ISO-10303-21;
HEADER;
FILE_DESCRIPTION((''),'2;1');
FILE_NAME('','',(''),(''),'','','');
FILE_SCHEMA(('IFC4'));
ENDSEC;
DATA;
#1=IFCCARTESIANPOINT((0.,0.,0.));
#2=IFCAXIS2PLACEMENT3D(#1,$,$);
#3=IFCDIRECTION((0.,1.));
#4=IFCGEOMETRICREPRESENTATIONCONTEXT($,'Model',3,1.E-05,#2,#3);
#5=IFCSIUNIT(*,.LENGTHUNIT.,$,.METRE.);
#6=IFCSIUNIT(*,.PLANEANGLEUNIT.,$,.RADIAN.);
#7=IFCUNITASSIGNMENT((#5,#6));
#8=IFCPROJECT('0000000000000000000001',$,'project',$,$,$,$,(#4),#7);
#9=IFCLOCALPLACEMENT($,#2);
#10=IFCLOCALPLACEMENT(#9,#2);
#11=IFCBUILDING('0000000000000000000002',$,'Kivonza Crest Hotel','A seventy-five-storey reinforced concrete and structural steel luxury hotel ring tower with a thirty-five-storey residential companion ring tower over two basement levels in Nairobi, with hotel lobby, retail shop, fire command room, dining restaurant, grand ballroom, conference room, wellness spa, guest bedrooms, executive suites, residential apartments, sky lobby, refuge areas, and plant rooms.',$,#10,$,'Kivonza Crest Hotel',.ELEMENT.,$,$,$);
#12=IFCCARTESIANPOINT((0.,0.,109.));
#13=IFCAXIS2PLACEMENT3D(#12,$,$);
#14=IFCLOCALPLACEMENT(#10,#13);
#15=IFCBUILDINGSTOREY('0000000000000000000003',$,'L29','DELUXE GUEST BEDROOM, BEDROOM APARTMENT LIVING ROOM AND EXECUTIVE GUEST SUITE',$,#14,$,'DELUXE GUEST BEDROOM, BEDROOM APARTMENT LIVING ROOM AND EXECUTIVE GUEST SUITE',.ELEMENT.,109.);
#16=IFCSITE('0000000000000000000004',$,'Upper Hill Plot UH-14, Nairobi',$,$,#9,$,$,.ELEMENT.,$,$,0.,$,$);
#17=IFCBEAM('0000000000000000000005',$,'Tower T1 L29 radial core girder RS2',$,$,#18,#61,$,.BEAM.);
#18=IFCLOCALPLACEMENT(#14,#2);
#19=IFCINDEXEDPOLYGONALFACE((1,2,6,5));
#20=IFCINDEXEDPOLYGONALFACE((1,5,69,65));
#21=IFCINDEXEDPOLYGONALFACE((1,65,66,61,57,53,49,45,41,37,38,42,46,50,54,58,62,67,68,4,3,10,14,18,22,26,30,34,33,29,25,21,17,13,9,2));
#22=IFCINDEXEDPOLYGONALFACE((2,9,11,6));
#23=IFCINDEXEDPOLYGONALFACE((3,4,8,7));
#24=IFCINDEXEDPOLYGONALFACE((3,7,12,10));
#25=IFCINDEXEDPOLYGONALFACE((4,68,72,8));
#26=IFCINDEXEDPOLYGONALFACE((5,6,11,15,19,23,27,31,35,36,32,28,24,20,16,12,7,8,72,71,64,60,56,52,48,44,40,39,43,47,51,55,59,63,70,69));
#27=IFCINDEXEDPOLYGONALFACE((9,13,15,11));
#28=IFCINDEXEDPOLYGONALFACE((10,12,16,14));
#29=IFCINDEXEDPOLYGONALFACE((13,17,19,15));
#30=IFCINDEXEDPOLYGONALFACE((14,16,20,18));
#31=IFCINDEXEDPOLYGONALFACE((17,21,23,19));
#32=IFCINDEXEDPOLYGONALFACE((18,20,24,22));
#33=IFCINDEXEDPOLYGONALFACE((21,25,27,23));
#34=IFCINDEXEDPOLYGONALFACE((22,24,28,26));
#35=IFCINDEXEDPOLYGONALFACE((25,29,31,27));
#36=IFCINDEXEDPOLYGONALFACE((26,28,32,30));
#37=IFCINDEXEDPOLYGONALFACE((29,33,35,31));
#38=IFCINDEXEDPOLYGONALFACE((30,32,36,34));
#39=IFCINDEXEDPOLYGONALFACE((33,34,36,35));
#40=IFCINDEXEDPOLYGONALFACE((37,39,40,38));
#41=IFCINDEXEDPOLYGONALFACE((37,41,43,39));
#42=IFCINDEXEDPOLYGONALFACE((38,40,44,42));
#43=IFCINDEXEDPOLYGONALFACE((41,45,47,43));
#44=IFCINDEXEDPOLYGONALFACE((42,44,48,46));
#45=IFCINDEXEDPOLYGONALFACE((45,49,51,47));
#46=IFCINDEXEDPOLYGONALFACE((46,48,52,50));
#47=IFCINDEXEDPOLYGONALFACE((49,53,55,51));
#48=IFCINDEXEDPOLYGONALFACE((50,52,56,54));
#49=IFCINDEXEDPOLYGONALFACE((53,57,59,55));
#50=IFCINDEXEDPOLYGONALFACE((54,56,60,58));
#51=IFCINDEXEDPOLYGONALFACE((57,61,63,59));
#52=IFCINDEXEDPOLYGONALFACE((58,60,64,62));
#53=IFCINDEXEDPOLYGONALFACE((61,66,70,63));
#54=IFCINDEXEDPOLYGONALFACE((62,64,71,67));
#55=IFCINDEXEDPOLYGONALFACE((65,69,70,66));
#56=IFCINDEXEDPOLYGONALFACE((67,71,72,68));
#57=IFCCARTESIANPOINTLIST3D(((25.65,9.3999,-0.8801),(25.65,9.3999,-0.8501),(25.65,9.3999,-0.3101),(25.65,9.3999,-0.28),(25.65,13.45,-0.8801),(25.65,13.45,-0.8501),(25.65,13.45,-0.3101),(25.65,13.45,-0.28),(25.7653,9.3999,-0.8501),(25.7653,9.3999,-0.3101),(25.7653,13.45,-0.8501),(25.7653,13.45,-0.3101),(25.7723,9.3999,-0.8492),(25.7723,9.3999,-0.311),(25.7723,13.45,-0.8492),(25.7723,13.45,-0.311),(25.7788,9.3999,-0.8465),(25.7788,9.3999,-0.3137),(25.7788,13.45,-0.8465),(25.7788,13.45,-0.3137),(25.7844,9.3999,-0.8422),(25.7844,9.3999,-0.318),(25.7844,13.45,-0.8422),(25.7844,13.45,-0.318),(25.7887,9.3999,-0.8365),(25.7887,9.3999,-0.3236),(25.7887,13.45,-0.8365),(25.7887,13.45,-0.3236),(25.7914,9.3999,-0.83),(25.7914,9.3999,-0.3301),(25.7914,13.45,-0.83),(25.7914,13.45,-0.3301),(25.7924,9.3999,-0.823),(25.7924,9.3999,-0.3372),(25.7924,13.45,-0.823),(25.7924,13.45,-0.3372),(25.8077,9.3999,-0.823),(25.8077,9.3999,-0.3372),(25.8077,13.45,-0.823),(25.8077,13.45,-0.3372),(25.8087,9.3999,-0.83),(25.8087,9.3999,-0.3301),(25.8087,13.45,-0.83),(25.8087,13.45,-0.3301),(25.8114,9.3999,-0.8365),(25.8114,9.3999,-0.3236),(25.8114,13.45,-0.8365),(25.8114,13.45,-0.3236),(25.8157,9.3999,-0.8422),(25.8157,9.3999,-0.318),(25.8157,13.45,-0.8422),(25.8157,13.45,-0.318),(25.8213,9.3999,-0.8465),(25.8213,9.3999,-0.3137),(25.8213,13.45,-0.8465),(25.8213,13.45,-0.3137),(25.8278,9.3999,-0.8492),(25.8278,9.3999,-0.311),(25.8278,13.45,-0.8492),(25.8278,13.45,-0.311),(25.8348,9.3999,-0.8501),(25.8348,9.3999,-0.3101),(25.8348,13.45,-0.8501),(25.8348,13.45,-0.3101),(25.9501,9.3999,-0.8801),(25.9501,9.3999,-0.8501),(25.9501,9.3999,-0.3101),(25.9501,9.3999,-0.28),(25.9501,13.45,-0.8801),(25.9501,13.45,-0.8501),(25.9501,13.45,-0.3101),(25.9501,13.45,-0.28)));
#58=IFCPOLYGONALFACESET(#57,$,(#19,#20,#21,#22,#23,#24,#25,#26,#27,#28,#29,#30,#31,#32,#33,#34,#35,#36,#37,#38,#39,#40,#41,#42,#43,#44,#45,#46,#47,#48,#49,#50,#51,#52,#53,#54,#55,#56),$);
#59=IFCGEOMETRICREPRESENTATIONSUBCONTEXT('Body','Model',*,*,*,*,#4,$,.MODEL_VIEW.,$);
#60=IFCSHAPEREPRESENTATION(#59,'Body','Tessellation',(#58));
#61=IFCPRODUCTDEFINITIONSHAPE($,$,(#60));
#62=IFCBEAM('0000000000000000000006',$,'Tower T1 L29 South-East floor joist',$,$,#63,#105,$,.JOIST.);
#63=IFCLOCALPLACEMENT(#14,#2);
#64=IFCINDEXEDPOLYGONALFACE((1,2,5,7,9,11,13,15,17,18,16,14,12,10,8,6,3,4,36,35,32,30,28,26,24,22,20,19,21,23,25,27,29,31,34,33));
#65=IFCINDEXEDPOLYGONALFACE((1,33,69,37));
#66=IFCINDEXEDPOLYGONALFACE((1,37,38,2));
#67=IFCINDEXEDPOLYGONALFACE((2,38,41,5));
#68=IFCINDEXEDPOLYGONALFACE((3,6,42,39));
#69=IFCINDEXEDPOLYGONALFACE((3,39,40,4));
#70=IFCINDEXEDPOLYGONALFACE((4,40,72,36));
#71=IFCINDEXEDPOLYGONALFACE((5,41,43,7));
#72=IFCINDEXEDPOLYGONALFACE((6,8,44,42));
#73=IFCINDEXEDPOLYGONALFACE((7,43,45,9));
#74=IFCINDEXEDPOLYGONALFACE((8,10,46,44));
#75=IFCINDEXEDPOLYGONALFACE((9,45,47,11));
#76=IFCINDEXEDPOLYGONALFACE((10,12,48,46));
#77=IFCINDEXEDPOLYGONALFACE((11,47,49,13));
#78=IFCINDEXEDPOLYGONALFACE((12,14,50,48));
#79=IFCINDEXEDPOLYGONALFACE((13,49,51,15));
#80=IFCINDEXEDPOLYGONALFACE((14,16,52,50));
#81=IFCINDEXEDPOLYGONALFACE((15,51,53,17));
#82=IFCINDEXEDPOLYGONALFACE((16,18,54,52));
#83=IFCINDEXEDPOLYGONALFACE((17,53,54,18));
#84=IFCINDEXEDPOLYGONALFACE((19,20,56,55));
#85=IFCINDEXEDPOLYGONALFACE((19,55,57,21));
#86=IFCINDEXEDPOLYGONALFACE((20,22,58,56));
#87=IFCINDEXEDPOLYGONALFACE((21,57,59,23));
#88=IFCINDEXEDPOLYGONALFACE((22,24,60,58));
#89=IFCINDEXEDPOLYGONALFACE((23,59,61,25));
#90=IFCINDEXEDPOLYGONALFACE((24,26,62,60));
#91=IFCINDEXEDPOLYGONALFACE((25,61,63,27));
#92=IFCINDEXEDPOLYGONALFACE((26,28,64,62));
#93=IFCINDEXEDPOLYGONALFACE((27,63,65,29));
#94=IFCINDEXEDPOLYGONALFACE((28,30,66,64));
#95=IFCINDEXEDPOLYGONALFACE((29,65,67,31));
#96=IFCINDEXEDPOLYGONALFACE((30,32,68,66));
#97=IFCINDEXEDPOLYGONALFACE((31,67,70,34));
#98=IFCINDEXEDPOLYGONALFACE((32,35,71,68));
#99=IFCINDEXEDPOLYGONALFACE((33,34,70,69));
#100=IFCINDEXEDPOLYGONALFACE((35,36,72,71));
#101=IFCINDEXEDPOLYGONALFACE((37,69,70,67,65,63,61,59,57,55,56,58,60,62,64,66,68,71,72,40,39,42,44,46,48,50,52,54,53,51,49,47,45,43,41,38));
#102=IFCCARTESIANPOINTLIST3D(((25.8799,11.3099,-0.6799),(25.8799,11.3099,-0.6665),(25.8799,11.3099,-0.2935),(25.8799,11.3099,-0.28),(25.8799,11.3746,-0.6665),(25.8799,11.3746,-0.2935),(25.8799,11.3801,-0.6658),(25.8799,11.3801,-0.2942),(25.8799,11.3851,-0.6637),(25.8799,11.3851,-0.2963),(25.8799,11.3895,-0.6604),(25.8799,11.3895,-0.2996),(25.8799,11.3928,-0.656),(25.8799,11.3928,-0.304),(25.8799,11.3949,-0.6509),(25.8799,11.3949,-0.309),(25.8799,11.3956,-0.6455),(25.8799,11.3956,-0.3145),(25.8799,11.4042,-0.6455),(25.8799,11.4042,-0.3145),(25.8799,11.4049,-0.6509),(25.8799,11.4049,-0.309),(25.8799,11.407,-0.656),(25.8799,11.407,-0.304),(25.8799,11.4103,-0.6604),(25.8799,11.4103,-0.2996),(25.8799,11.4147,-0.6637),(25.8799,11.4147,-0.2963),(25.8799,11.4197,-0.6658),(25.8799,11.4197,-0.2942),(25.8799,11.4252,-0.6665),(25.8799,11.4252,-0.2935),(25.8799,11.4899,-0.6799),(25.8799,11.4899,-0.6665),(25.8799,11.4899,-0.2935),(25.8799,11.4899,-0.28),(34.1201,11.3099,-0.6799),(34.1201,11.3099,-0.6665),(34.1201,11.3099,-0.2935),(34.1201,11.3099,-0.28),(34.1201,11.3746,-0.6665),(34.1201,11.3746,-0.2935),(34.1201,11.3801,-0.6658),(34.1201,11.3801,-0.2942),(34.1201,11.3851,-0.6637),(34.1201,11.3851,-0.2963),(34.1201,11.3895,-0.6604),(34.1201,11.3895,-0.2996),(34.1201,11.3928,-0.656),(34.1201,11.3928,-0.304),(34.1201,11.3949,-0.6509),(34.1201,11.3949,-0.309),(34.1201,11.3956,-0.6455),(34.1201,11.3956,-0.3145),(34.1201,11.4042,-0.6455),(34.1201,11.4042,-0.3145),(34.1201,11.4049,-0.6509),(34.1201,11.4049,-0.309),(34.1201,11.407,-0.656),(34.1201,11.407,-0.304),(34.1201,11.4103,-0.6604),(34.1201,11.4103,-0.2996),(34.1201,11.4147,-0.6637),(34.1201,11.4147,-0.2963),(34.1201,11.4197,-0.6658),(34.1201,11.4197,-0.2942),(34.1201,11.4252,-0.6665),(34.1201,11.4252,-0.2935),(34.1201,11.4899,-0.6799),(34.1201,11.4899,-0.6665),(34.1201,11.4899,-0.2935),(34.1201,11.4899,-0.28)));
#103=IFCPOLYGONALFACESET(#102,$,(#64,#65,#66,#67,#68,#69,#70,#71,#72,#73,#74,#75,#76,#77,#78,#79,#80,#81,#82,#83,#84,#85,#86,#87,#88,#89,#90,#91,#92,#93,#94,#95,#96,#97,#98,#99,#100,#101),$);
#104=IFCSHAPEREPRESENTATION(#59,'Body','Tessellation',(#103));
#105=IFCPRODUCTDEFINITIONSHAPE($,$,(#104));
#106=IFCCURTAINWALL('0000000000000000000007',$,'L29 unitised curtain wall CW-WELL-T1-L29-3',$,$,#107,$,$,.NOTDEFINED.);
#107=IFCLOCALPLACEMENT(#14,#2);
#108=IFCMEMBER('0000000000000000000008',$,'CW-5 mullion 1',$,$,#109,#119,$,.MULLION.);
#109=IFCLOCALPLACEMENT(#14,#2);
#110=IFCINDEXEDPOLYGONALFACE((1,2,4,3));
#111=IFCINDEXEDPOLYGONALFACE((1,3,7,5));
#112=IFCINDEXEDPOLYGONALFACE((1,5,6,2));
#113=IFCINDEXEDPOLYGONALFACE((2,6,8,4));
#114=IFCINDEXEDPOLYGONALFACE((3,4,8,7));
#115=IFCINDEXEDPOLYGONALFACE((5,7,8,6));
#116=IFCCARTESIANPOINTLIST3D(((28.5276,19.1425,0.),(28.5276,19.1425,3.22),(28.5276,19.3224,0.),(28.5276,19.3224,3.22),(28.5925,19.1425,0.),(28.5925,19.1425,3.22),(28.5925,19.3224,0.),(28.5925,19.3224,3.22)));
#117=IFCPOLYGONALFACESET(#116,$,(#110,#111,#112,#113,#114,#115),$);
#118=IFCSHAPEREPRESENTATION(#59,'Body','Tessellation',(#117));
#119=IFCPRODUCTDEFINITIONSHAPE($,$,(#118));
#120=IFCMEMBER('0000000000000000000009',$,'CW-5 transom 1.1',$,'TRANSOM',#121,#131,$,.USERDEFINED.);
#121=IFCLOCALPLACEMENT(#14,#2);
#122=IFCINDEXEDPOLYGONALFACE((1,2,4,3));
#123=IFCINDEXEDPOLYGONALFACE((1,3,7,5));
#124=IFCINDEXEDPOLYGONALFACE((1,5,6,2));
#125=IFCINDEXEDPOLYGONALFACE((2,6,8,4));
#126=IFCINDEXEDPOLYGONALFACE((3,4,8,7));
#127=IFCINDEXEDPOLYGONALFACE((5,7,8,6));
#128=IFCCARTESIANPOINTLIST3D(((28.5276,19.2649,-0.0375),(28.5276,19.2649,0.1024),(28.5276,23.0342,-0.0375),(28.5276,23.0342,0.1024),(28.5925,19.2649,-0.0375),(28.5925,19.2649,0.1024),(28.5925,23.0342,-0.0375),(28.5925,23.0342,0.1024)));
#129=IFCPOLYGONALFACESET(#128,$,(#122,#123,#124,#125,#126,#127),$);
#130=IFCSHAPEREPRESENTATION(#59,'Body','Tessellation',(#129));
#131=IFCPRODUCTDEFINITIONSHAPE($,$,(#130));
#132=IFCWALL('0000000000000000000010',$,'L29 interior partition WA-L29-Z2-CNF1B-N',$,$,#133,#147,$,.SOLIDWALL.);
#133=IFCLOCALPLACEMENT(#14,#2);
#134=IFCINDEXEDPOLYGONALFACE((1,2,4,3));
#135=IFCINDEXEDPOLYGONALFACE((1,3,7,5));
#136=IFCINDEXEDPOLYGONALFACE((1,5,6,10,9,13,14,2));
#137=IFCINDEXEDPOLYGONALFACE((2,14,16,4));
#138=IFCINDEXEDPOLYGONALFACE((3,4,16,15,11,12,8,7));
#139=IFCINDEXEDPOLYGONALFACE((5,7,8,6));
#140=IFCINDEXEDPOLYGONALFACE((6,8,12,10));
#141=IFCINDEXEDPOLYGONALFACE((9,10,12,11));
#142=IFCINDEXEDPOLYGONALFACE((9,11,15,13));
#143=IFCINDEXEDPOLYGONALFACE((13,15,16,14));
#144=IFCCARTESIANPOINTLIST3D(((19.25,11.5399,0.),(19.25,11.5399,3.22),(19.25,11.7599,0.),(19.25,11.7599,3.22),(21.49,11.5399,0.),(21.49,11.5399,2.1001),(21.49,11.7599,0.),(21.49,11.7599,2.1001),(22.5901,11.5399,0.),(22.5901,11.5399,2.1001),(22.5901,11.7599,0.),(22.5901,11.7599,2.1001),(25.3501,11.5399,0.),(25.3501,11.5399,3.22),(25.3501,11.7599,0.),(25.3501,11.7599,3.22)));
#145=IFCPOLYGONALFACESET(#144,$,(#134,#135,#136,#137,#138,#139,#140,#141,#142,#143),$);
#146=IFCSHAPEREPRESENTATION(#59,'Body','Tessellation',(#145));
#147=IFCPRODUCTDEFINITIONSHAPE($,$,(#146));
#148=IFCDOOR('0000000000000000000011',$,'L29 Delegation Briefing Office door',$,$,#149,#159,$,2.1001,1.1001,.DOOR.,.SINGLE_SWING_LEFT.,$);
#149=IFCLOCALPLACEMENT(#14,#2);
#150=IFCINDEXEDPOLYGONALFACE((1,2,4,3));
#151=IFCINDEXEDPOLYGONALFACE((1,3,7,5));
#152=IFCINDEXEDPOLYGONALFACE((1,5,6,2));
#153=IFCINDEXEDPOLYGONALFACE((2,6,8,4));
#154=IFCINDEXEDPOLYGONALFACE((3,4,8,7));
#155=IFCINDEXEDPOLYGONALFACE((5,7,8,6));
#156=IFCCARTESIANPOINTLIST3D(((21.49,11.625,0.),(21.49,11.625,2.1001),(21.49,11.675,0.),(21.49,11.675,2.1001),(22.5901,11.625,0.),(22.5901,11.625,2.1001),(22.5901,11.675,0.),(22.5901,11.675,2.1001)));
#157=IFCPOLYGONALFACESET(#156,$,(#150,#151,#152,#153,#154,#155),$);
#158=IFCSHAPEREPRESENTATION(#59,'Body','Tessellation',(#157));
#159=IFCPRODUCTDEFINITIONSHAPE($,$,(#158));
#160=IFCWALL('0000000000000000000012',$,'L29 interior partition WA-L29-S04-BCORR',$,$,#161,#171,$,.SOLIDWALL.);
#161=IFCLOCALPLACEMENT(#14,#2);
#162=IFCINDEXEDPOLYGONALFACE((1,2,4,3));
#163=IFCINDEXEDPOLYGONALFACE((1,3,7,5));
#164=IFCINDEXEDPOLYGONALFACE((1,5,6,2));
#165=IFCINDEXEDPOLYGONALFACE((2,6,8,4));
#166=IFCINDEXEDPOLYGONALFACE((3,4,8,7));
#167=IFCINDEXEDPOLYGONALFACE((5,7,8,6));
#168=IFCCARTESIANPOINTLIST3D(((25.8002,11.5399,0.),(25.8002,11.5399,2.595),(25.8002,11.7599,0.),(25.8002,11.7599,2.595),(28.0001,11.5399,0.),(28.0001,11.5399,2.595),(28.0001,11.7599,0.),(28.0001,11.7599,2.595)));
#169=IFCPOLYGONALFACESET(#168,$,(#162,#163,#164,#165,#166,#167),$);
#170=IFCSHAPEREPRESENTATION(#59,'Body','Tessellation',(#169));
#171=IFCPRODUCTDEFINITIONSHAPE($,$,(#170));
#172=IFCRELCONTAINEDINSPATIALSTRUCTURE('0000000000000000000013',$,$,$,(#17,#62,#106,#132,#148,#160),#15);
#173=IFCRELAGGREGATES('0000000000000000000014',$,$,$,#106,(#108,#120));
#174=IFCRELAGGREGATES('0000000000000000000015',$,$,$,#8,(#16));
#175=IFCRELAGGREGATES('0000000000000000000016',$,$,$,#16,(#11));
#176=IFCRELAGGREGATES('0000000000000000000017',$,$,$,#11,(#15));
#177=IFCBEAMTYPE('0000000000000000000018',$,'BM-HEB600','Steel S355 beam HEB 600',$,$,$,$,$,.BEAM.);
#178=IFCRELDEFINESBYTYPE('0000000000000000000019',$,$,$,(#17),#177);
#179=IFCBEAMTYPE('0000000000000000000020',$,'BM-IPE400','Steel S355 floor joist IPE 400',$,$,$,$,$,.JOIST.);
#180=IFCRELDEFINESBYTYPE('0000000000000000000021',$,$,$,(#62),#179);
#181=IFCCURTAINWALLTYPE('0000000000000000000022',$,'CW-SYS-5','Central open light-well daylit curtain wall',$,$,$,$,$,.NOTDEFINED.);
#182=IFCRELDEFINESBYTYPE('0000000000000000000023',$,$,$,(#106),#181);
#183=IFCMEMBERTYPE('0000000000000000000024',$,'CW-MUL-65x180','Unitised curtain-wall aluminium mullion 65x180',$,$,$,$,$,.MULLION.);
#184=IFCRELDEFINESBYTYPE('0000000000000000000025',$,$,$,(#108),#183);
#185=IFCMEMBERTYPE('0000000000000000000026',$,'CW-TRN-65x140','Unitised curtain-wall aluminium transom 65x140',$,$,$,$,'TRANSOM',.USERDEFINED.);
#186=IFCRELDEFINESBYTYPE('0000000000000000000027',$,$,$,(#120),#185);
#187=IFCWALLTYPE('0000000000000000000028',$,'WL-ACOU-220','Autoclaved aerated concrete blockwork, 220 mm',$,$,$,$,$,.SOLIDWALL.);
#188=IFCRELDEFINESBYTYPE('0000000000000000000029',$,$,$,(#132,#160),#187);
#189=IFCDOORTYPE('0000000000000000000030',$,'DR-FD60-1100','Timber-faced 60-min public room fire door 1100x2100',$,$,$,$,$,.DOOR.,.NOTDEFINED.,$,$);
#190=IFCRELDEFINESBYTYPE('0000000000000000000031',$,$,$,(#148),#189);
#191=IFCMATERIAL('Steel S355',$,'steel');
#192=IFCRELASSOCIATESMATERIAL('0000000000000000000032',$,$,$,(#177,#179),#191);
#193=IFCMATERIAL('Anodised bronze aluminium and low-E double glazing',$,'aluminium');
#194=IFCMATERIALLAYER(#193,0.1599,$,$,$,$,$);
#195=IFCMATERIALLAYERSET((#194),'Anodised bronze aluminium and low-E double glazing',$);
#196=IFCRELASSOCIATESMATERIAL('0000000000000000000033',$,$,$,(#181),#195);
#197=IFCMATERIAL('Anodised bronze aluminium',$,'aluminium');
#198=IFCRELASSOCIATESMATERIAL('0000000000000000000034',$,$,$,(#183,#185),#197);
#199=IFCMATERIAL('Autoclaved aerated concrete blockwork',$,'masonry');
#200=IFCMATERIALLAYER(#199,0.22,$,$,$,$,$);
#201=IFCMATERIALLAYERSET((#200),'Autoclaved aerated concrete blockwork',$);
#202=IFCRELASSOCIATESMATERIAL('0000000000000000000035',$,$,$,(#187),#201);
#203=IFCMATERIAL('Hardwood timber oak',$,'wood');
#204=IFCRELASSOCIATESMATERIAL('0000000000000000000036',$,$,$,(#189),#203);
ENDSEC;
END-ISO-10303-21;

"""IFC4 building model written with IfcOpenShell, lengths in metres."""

from ifc_helpers import new_model, si_unit, direction, frame, frame_2d, origin, origin_2d, place, context, subcontext, project, spatial, rectangle, i_section, extrude, material, layer, layer_set, material_profile, profile_set, type_object, element, fill, aggregate, save


model = new_model("IFC4")

# Units and contexts
model_context = context("Model", 3, precision=1e-05, world=origin(), true_north=direction((0.0, 1.0)))
body_context = subcontext(model_context, "Body", "Model", "MODEL_VIEW")
ifc_project = project(units=[si_unit("LENGTHUNIT", "METRE"), si_unit("PLANEANGLEUNIT", "RADIAN")], contexts=[model_context])

# Site, building, storey
site_placement = place(None, origin())
site = spatial("IfcSite", under=ifc_project, at=site_placement, Name="Upper Hill Plot UH-14, Nairobi", CompositionType="ELEMENT", RefElevation=0.0)
building_placement = place(site_placement, origin())
building = spatial("IfcBuilding", under=site, at=building_placement, Name="Kivonza Crest Hotel", Description="A seventy-five-storey reinforced concrete and structural steel luxury hotel ring tower with a thirty-five-storey residential companion ring tower over two basement levels in Nairobi, with hotel lobby, retail shop, fire command room, dining restaurant, grand ballroom, conference room, wellness spa, guest bedrooms, executive suites, residential apartments, sky lobby, refuge areas, and plant rooms.", LongName="Kivonza Crest Hotel", CompositionType="ELEMENT")
storey_placement = place(building_placement, frame((0.0, 0.0, 109.0)))
storey = spatial("IfcBuildingStorey", under=building, at=storey_placement, Name="L29", Description="DELUXE GUEST BEDROOM, BEDROOM APARTMENT LIVING ROOM AND EXECUTIVE GUEST SUITE", LongName="DELUXE GUEST BEDROOM, BEDROOM APARTMENT LIVING ROOM AND EXECUTIVE GUEST SUITE", CompositionType="ELEMENT", Elevation=109.0)

# Beams
ifc_material_1 = material(Name="Steel S355", Category="steel")
ifc_material_profile_1 = material_profile(ifc_material_1, i_section(OverallWidth=0.3, OverallDepth=0.6001, WebThickness=0.0154, FlangeThickness=0.03, FilletRadius=0.0271, at=origin_2d()), Name="HEB 600")
ifc_profile_set_1 = profile_set([ifc_material_profile_1], Name="Steel S355")
beam_type_1 = type_object("IfcBeamType", Name="BM-HEB600", Description="Steel S355 beam HEB 600", PredefinedType="BEAM", material=ifc_profile_set_1)
beam_1_placement = place(storey_placement, frame((25.8, 9.3999, -0.5801), z_axis=(0.0, 1.0, 0.0), x_axis=(-1.0, 0.0, 0.0)))
element("IfcBeam", 1, at=beam_1_placement, inside=storey, type_object=beam_type_1, Name="Tower T1 L29 radial core girder RS2", PredefinedType="BEAM", context=body_context, shape_type="SweptSolid", body=[
    extrude(i_section(OverallWidth=0.3, OverallDepth=0.6001, WebThickness=0.0154, FlangeThickness=0.03, FilletRadius=0.0271, at=origin_2d()), origin(), (0.0, 0.0, 1.0), 4.05),
])
ifc_material_profile_2 = material_profile(ifc_material_1, i_section(OverallWidth=0.1799, OverallDepth=0.3999, WebThickness=0.0085, FlangeThickness=0.0134, FilletRadius=0.021, at=origin_2d()), Name="IPE 400")
ifc_profile_set_2 = profile_set([ifc_material_profile_2], Name="Steel S355")
beam_type_2 = type_object("IfcBeamType", Name="BM-IPE400", Description="Steel S355 floor joist IPE 400", PredefinedType="JOIST", material=ifc_profile_set_2)
beam_2_placement = place(storey_placement, frame((25.8799, 11.3999, -0.48), z_axis=(1.0, 0.0, 0.0), x_axis=(0.0, 1.0, 0.0)))
element("IfcBeam", 2, at=beam_2_placement, inside=storey, type_object=beam_type_2, Name="Tower T1 L29 South-East floor joist", PredefinedType="JOIST", context=body_context, shape_type="SweptSolid", body=[
    extrude(i_section(OverallWidth=0.1799, OverallDepth=0.3999, WebThickness=0.0085, FlangeThickness=0.0134, FilletRadius=0.021, at=origin_2d()), origin(), (0.0, 0.0, 1.0), 8.2402),
])

# Curtain wall, members
ifc_material_2 = material(Name="Anodised bronze aluminium and low-E double glazing", Category="aluminium")
ifc_layer_1 = layer(ifc_material_2, 0.1599)
ifc_layer_set_1 = layer_set([ifc_layer_1], Name="Anodised bronze aluminium and low-E double glazing")
curtain_wall_type = type_object("IfcCurtainWallType", Name="CW-SYS-5", Description="Central open light-well daylit curtain wall", PredefinedType="NOTDEFINED", material=ifc_layer_set_1)
curtain_wall_placement = place(storey_placement, origin())
curtain_wall = element("IfcCurtainWall", 3, at=curtain_wall_placement, inside=storey, type_object=curtain_wall_type, Name="L29 unitised curtain wall CW-WELL-T1-L29-3", PredefinedType="NOTDEFINED")
ifc_material_3 = material(Name="Anodised bronze aluminium", Category="aluminium")
ifc_material_profile_3 = material_profile(ifc_material_3, rectangle(XDim=0.0649, YDim=0.1799, at=origin_2d()), Name="CW-M 65x180")
ifc_profile_set_3 = profile_set([ifc_material_profile_3], Name="Anodised bronze aluminium")
member_type_1 = type_object("IfcMemberType", Name="CW-MUL-65x180", Description="Unitised curtain-wall aluminium mullion 65x180", PredefinedType="MULLION", material=ifc_profile_set_3)
member_1_placement = place(storey_placement, frame((28.5601, 19.2324, 0.0), z_axis=(0.0, 0.0, 1.0), x_axis=(-1.0, 0.0, 0.0)))
member_1 = element("IfcMember", 4, at=member_1_placement, type_object=member_type_1, Name="CW-5 mullion 1", PredefinedType="MULLION", context=body_context, shape_type="SweptSolid", body=[
    extrude(rectangle(XDim=0.0649, YDim=0.1799, at=origin_2d()), origin(), (0.0, 0.0, 1.0), 3.22),
])
ifc_material_profile_4 = material_profile(ifc_material_3, rectangle(XDim=0.0649, YDim=0.1399, at=origin_2d()), Name="CW-T 65x140")
ifc_profile_set_4 = profile_set([ifc_material_profile_4], Name="Anodised bronze aluminium")
member_type_2 = type_object("IfcMemberType", Name="CW-TRN-65x140", Description="Unitised curtain-wall aluminium transom 65x140", ElementType="TRANSOM", PredefinedType="USERDEFINED", material=ifc_profile_set_4)
member_2_placement = place(storey_placement, frame((28.5601, 19.2649, 0.0325), z_axis=(0.0, 1.0, 0.0), x_axis=(-1.0, 0.0, 0.0)))
member_2 = element("IfcMember", 5, at=member_2_placement, type_object=member_type_2, Name="CW-5 transom 1.1", ObjectType="TRANSOM", PredefinedType="USERDEFINED", context=body_context, shape_type="SweptSolid", body=[
    extrude(rectangle(XDim=0.0649, YDim=0.1399, at=origin_2d()), origin(), (0.0, 0.0, 1.0), 3.7693),
])
aggregate(curtain_wall, [member_1, member_2])

# Wall, opening, door
ifc_material_4 = material(Name="Autoclaved aerated concrete blockwork", Category="masonry")
ifc_layer_2 = layer(ifc_material_4, 0.22)
ifc_layer_set_2 = layer_set([ifc_layer_2], Name="Autoclaved aerated concrete blockwork")
wall_type_1 = type_object("IfcWallType", Name="WL-ACOU-220", Description="Autoclaved aerated concrete blockwork, 220 mm", PredefinedType="SOLIDWALL", material=ifc_layer_set_2)
wall_1_placement = place(storey_placement, frame((19.25, 11.6499, 0.0), z_axis=(0.0, 0.0, 1.0), x_axis=(1.0, 0.0, 0.0)))
wall_1 = element("IfcWall", 6, at=wall_1_placement, inside=storey, type_object=wall_type_1, Name="L29 interior partition WA-L29-Z2-CNF1B-N", PredefinedType="SOLIDWALL", context=body_context, shape_type="SweptSolid", body=[
    extrude(rectangle(XDim=6.1001, YDim=0.22, at=frame_2d((3.05, 0.0))), origin(), (0.0, 0.0, 1.0), 3.22),
])
opening_1_placement = place(wall_1_placement, frame((2.24, 0.0, 0.0)))
opening_1 = element("IfcOpeningElement", 7, at=opening_1_placement, cuts=wall_1, PredefinedType="OPENING", context=body_context, shape_type="SweptSolid", body=[
    extrude(rectangle(XDim=1.1001, YDim=2.1001, at=frame_2d((0.55, 1.05))), frame((0.0, 0.1201, 0.0), z_axis=(0.0, -1.0, 0.0), x_axis=(1.0, 0.0, 0.0)), (0.0, 0.0, 1.0), 0.24),
])
ifc_material_5 = material(Name="Hardwood timber oak", Category="wood")
door_type_1 = type_object("IfcDoorType", Name="DR-FD60-1100", Description="Timber-faced 60-min public room fire door 1100x2100", OperationType="NOTDEFINED", PredefinedType="DOOR", material=ifc_material_5)
door_1_placement = place(opening_1_placement, frame((1.1001, 0.0, 0.0), z_axis=(0.0, 0.0, 1.0), x_axis=(-1.0, 0.0, 0.0)))
door_1 = element("IfcDoor", 8, at=door_1_placement, inside=storey, type_object=door_type_1, Name="L29 Delegation Briefing Office door", OperationType="SINGLE_SWING_LEFT", OverallHeight=2.1001, OverallWidth=1.1001, PredefinedType="DOOR", context=body_context, shape_type="SweptSolid", body=[
    extrude(rectangle(XDim=1.1001, YDim=2.1001, at=frame_2d((0.55, 1.05))), frame((0.0, 0.0249, 0.0), z_axis=(0.0, -1.0, 0.0), x_axis=(1.0, 0.0, 0.0)), (0.0, 0.0, 1.0), 0.05),
])
fill(opening_1, door_1)

# Wall
wall_2_placement = place(storey_placement, frame((25.8, 11.6499, 0.0), z_axis=(0.0, 0.0, 1.0), x_axis=(1.0, 0.0, 0.0)))
element("IfcWall", 9, at=wall_2_placement, inside=storey, type_object=wall_type_1, Name="L29 interior partition WA-L29-S04-BCORR", PredefinedType="SOLIDWALL", context=body_context, shape_type="SweptSolid", body=[
    extrude(rectangle(XDim=2.2, YDim=0.22, at=frame_2d((1.1001, 0.0))), origin(), (0.0, 0.0, 1.0), 2.595),
])

save(model, "model.ifc")
